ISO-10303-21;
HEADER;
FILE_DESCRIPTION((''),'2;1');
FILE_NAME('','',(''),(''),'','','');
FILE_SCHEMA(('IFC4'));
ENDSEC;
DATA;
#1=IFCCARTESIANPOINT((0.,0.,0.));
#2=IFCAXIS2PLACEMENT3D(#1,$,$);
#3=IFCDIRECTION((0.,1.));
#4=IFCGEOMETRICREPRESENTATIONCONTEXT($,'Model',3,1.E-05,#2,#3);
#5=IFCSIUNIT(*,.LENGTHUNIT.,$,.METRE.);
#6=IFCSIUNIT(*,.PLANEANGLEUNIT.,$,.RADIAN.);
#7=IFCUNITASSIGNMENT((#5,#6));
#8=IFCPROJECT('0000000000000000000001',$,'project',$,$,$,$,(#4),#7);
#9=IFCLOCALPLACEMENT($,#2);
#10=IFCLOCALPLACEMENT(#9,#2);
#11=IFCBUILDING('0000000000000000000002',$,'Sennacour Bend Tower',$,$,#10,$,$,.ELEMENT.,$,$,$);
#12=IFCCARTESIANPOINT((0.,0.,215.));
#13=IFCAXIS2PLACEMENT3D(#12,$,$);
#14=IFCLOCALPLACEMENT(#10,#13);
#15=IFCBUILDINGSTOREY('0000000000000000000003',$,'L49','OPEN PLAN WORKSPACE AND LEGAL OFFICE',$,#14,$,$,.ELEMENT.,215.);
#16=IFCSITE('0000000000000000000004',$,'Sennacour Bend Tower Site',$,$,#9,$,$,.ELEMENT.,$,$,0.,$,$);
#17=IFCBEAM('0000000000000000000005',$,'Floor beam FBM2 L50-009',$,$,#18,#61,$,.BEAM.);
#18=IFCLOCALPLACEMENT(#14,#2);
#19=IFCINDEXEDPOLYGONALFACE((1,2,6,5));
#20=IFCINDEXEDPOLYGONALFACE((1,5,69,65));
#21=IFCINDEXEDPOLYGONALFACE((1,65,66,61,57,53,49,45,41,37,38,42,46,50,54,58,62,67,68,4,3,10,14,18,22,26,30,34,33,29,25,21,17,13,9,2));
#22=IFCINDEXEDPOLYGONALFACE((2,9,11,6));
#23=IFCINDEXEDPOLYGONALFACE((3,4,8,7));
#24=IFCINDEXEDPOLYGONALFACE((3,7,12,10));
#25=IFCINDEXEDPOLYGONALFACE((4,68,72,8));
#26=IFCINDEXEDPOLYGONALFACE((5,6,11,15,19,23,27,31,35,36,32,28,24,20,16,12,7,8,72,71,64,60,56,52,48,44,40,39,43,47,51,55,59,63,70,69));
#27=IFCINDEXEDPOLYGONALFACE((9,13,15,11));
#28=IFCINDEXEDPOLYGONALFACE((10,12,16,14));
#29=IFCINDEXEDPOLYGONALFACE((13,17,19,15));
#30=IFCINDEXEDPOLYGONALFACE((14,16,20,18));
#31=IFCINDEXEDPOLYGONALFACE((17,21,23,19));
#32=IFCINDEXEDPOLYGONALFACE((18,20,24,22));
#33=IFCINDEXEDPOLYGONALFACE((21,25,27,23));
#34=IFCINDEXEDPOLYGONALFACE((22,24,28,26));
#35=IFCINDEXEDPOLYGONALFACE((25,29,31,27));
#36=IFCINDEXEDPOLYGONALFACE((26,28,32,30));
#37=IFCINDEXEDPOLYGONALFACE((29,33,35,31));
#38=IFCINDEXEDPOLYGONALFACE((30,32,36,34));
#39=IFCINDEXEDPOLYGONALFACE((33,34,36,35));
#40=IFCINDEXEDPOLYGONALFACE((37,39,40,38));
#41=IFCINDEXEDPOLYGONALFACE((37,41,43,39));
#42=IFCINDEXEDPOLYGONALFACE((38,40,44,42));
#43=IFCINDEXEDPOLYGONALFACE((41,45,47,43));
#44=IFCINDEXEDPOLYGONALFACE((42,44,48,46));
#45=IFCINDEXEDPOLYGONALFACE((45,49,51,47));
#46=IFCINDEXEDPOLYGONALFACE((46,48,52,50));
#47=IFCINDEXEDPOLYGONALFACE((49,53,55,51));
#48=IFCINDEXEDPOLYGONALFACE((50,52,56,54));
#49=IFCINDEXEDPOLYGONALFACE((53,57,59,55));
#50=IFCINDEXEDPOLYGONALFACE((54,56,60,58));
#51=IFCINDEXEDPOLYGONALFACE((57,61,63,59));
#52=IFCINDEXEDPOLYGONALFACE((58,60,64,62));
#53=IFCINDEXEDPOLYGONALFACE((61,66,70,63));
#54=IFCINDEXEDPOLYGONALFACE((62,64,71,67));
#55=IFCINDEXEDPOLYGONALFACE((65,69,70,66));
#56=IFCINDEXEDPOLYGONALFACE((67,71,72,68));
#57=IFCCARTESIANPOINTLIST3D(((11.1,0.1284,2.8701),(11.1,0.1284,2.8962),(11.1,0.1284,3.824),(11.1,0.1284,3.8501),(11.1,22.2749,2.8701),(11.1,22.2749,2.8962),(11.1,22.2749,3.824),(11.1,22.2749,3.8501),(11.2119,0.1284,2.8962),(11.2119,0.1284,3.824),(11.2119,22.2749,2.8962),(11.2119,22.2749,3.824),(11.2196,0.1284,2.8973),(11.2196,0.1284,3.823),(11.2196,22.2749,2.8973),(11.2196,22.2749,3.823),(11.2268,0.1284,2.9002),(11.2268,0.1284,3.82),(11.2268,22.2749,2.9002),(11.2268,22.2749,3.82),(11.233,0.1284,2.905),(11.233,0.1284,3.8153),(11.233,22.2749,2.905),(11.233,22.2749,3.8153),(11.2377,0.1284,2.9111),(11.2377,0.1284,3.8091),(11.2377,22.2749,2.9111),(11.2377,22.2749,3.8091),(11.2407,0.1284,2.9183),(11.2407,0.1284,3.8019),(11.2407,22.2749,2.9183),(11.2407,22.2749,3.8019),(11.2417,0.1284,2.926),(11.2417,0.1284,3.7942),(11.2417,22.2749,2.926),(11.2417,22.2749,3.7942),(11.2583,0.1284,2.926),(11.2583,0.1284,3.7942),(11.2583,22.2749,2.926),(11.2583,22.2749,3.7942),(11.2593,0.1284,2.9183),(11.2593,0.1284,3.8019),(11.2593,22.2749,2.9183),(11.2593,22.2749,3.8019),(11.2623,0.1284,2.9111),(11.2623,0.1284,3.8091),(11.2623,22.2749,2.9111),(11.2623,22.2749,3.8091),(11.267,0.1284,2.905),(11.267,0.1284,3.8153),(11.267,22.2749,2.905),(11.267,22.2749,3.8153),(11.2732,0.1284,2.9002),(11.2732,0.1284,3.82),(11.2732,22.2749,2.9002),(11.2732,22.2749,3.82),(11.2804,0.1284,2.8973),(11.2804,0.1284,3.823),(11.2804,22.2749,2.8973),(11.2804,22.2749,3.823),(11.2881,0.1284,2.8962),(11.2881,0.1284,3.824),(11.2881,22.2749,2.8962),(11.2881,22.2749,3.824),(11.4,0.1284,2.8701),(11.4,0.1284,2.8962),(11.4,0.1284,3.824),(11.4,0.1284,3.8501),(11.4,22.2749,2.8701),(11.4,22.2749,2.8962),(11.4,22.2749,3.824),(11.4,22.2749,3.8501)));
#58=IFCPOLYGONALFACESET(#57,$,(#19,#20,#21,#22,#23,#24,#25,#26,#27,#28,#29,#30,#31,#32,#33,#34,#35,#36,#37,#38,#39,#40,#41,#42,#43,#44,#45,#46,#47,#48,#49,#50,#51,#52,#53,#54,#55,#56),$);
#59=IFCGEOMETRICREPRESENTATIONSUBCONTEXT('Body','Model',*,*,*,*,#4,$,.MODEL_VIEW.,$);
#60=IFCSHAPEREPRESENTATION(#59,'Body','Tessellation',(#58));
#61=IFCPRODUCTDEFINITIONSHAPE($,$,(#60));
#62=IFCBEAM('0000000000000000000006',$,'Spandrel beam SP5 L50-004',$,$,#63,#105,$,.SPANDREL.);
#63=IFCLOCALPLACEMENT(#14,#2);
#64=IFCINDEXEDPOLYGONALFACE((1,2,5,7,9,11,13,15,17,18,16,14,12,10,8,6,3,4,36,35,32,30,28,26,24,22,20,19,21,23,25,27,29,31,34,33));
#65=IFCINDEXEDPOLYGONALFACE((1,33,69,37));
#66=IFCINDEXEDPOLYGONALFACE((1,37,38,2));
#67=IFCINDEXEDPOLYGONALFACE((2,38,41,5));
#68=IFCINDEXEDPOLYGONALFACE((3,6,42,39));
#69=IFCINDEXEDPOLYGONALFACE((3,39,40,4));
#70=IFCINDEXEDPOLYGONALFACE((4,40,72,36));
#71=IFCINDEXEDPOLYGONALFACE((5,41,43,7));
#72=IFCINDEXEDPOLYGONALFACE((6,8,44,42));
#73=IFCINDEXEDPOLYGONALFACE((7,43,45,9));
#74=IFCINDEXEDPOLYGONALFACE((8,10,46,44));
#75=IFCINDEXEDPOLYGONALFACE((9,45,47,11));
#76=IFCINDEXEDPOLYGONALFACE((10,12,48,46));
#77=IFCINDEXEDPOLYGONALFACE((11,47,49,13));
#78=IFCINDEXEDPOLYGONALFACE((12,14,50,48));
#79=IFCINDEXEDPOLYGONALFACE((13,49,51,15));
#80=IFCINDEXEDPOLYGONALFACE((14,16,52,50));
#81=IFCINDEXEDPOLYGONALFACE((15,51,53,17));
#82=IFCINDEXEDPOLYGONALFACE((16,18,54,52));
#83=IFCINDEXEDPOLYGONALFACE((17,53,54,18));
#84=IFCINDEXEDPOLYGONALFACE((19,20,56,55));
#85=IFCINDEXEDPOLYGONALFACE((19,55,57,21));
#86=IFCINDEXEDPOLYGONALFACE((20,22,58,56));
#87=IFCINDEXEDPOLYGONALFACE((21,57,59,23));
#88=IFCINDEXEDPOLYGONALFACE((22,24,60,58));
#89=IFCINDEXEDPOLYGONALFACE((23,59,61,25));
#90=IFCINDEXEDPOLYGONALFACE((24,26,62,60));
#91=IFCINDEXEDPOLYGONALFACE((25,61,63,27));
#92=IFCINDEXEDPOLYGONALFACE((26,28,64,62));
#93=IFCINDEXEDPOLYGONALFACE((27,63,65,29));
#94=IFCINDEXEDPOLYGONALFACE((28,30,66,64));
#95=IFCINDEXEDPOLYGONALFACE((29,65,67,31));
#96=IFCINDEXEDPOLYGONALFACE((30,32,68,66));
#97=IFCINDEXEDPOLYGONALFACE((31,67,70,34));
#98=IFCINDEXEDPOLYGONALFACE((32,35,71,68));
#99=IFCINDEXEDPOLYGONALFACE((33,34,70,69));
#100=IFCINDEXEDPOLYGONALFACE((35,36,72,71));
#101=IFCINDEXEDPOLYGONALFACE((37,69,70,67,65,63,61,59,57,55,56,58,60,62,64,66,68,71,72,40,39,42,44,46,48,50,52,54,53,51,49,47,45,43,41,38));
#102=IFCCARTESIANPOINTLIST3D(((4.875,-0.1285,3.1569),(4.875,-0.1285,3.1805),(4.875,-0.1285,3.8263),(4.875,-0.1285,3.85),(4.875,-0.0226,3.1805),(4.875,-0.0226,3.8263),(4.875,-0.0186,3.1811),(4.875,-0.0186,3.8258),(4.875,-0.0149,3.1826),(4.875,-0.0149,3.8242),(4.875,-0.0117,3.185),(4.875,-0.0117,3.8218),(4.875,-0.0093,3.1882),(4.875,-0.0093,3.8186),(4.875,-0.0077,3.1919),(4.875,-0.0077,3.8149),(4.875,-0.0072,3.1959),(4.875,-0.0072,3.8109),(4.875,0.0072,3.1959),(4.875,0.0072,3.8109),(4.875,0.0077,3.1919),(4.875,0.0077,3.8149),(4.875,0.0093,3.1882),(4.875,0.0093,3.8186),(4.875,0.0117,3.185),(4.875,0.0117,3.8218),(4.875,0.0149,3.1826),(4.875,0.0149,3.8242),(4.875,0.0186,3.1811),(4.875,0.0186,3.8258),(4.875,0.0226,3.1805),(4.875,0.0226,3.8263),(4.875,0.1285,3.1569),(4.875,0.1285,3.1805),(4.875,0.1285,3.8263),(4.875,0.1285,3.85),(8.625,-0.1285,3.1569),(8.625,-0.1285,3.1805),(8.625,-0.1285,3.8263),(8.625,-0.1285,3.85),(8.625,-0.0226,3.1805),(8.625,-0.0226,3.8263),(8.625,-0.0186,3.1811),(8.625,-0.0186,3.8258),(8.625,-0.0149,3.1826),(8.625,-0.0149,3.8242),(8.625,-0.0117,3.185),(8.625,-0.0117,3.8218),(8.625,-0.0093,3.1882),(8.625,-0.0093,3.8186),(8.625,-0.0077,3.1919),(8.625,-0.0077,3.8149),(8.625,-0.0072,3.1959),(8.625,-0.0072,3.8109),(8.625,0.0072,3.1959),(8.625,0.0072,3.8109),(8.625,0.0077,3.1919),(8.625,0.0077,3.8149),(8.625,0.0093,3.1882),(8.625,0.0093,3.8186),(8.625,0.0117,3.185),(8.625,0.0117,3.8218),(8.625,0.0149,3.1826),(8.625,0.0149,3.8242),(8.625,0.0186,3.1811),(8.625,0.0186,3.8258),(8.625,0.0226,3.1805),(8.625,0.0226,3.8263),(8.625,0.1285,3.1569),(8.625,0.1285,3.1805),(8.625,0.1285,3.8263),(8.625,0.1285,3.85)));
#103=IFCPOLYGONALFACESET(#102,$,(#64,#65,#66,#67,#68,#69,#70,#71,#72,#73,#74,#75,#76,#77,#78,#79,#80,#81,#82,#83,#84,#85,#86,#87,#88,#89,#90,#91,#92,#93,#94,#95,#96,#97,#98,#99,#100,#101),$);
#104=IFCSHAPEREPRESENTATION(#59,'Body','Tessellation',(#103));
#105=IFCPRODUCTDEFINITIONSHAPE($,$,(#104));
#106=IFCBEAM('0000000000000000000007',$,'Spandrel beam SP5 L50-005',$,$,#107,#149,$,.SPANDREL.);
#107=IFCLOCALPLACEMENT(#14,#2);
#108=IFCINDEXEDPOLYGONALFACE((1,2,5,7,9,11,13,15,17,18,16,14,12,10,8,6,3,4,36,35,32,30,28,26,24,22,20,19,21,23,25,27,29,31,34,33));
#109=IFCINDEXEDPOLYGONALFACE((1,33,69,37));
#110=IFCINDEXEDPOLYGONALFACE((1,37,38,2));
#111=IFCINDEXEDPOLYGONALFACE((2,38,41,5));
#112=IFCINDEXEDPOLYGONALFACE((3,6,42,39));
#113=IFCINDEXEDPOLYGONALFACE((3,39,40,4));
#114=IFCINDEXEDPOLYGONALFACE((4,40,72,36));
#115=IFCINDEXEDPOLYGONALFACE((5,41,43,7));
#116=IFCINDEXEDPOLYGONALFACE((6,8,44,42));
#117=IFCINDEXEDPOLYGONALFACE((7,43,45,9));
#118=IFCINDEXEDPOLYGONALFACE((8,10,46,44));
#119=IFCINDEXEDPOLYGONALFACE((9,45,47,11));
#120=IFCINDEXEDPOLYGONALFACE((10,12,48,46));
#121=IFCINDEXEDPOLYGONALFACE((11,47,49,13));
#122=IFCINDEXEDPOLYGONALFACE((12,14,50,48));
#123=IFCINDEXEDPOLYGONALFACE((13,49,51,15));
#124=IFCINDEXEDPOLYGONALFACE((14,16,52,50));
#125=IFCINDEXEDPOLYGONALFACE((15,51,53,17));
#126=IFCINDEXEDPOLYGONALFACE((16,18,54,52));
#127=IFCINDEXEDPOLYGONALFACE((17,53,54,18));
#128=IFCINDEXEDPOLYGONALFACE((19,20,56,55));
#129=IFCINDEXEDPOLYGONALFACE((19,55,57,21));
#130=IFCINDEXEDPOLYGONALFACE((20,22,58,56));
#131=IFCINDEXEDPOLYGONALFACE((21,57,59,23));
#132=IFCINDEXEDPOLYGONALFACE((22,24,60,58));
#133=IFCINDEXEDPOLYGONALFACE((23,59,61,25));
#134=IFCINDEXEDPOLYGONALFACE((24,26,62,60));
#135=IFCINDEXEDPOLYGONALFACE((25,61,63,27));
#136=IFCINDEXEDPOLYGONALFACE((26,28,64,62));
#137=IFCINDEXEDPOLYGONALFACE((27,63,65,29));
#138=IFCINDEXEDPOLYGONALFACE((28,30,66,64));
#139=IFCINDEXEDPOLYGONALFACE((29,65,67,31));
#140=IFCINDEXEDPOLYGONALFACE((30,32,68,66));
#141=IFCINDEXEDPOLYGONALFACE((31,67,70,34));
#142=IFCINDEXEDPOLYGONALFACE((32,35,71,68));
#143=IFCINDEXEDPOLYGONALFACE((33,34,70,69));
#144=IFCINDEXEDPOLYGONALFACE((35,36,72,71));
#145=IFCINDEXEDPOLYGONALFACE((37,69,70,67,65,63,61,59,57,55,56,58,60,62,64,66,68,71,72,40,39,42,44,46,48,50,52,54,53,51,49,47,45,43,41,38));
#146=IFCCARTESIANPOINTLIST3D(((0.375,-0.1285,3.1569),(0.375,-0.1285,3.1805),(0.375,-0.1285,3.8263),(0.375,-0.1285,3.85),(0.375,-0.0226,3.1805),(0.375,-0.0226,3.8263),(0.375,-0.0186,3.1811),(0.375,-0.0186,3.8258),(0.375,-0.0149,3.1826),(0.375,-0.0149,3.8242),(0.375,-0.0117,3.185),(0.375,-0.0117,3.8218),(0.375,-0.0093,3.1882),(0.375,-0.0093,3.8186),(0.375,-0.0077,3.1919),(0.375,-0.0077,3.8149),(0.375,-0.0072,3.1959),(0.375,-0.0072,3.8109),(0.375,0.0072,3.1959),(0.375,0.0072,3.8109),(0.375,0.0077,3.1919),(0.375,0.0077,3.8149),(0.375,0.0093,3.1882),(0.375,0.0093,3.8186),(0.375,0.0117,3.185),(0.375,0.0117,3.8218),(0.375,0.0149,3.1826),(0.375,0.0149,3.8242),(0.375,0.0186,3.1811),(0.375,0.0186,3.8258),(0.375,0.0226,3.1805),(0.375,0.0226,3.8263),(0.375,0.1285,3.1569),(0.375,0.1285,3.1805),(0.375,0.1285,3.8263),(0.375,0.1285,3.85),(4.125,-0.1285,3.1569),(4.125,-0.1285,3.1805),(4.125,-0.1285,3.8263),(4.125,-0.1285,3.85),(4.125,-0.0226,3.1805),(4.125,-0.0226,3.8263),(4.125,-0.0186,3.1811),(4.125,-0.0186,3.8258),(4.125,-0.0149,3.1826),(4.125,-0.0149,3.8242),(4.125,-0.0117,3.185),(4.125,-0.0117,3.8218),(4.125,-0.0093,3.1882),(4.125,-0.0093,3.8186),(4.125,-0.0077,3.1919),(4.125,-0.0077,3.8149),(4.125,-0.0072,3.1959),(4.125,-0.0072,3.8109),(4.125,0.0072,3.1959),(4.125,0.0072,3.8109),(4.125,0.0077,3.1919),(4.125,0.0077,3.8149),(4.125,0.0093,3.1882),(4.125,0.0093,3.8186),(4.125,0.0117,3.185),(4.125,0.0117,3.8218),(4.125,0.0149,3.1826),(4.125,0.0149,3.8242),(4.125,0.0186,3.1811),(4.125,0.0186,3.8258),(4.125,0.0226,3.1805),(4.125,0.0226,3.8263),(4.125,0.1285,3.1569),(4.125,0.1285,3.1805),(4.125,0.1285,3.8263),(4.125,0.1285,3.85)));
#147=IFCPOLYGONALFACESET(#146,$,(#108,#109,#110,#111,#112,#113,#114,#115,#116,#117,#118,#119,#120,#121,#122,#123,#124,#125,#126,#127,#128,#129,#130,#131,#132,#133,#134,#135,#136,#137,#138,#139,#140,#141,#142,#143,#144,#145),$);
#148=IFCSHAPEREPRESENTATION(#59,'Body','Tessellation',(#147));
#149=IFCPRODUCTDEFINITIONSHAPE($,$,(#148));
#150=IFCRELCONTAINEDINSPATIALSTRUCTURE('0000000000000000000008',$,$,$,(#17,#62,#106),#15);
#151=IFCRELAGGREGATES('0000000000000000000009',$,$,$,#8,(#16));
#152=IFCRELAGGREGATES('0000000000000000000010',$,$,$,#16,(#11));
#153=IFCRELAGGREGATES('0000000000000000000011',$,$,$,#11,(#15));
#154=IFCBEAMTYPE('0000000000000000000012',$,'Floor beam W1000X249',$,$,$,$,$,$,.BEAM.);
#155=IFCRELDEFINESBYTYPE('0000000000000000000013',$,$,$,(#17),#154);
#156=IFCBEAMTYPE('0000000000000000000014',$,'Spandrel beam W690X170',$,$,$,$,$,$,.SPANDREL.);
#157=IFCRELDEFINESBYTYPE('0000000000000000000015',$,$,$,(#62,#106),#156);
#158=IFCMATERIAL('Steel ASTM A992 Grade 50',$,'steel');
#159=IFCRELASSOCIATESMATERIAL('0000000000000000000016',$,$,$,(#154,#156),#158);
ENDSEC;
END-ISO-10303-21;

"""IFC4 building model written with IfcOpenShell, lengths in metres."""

from ifc_helpers import new_model, si_unit, direction, frame, origin, origin_2d, place, context, subcontext, project, spatial, i_section, extrude, material, material_profile, profile_set, type_object, element, save


model = new_model("IFC4")

# Units and contexts
model_context = context("Model", 3, precision=1e-05, world=origin(), true_north=direction((0.0, 1.0)))
body_context = subcontext(model_context, "Body", "Model", "MODEL_VIEW")
ifc_project = project(units=[si_unit("LENGTHUNIT", "METRE"), si_unit("PLANEANGLEUNIT", "RADIAN")], contexts=[model_context])

# Site, building, storey
site_placement = place(None, origin())
site = spatial("IfcSite", under=ifc_project, at=site_placement, Name="Sennacour Bend Tower Site", CompositionType="ELEMENT", RefElevation=0.0)
building_placement = place(site_placement, origin())
building = spatial("IfcBuilding", under=site, at=building_placement, Name="Sennacour Bend Tower", CompositionType="ELEMENT")
storey_placement = place(building_placement, frame((0.0, 0.0, 215.0)))
storey = spatial("IfcBuildingStorey", under=building, at=storey_placement, Name="L49", Description="OPEN PLAN WORKSPACE AND LEGAL OFFICE", CompositionType="ELEMENT", Elevation=215.0)

# Beams
ifc_material_1 = material(Name="Steel ASTM A992 Grade 50", Category="steel")
ifc_material_profile_1 = material_profile(ifc_material_1, i_section(OverallWidth=0.3, OverallDepth=0.98, WebThickness=0.0166, FlangeThickness=0.0261, FilletRadius=0.0298, at=origin_2d()), Name="Steel ASTM A992 Grade 50", Category="steel")
ifc_profile_set_1 = profile_set([ifc_material_profile_1], Name="Steel ASTM A992 Grade 50")
beam_type_1 = type_object("IfcBeamType", Name="Floor beam W1000X249", PredefinedType="BEAM", material=ifc_profile_set_1)
beam_placement = place(storey_placement, frame((11.25, 0.1284, 3.3601), z_axis=(0.0, 1.0, 0.0), x_axis=(-1.0, 0.0, 0.0)))
element("IfcBeam", 1, at=beam_placement, inside=storey, type_object=beam_type_1, Name="Floor beam FBM2 L50-009", PredefinedType="BEAM", context=body_context, shape_type="SweptSolid", body=[
    extrude(i_section(OverallWidth=0.3, OverallDepth=0.98, WebThickness=0.0166, FlangeThickness=0.0261, FilletRadius=0.0298, at=origin_2d()), origin(), (0.0, 0.0, 1.0), 22.1465),
])
ifc_material_profile_2 = material_profile(ifc_material_1, i_section(OverallWidth=0.2571, OverallDepth=0.6931, WebThickness=0.0144, FlangeThickness=0.0237, FilletRadius=0.0154, at=origin_2d()), Name="Steel ASTM A992 Grade 50", Category="steel")
ifc_profile_set_2 = profile_set([ifc_material_profile_2], Name="Steel ASTM A992 Grade 50")
beam_type_2 = type_object("IfcBeamType", Name="Spandrel beam W690X170", PredefinedType="SPANDREL", material=ifc_profile_set_2)
for number, where, z_axis, x_axis, name in (
    (2, (8.625, 0.0, 3.5034), (-1.0, 0.0, 0.0), (0.0, -1.0, 0.0), "Spandrel beam SP5 L50-004"),
    (3, (4.125, 0.0, 3.5034), (-1.0, 0.0, 0.0), (0.0, -1.0, 0.0), "Spandrel beam SP5 L50-005"),
):
    element("IfcBeam", number, at=place(storey_placement, frame(where, z_axis=z_axis, x_axis=x_axis)), inside=storey, type_object=beam_type_2, Name=name, PredefinedType="SPANDREL", context=body_context, shape_type="SweptSolid", body=[
        extrude(i_section(OverallWidth=0.2571, OverallDepth=0.6931, WebThickness=0.0144, FlangeThickness=0.0237, FilletRadius=0.0154, at=origin_2d()), origin(), (0.0, 0.0, 1.0), 3.75),
    ])

save(model, "model.ifc")
